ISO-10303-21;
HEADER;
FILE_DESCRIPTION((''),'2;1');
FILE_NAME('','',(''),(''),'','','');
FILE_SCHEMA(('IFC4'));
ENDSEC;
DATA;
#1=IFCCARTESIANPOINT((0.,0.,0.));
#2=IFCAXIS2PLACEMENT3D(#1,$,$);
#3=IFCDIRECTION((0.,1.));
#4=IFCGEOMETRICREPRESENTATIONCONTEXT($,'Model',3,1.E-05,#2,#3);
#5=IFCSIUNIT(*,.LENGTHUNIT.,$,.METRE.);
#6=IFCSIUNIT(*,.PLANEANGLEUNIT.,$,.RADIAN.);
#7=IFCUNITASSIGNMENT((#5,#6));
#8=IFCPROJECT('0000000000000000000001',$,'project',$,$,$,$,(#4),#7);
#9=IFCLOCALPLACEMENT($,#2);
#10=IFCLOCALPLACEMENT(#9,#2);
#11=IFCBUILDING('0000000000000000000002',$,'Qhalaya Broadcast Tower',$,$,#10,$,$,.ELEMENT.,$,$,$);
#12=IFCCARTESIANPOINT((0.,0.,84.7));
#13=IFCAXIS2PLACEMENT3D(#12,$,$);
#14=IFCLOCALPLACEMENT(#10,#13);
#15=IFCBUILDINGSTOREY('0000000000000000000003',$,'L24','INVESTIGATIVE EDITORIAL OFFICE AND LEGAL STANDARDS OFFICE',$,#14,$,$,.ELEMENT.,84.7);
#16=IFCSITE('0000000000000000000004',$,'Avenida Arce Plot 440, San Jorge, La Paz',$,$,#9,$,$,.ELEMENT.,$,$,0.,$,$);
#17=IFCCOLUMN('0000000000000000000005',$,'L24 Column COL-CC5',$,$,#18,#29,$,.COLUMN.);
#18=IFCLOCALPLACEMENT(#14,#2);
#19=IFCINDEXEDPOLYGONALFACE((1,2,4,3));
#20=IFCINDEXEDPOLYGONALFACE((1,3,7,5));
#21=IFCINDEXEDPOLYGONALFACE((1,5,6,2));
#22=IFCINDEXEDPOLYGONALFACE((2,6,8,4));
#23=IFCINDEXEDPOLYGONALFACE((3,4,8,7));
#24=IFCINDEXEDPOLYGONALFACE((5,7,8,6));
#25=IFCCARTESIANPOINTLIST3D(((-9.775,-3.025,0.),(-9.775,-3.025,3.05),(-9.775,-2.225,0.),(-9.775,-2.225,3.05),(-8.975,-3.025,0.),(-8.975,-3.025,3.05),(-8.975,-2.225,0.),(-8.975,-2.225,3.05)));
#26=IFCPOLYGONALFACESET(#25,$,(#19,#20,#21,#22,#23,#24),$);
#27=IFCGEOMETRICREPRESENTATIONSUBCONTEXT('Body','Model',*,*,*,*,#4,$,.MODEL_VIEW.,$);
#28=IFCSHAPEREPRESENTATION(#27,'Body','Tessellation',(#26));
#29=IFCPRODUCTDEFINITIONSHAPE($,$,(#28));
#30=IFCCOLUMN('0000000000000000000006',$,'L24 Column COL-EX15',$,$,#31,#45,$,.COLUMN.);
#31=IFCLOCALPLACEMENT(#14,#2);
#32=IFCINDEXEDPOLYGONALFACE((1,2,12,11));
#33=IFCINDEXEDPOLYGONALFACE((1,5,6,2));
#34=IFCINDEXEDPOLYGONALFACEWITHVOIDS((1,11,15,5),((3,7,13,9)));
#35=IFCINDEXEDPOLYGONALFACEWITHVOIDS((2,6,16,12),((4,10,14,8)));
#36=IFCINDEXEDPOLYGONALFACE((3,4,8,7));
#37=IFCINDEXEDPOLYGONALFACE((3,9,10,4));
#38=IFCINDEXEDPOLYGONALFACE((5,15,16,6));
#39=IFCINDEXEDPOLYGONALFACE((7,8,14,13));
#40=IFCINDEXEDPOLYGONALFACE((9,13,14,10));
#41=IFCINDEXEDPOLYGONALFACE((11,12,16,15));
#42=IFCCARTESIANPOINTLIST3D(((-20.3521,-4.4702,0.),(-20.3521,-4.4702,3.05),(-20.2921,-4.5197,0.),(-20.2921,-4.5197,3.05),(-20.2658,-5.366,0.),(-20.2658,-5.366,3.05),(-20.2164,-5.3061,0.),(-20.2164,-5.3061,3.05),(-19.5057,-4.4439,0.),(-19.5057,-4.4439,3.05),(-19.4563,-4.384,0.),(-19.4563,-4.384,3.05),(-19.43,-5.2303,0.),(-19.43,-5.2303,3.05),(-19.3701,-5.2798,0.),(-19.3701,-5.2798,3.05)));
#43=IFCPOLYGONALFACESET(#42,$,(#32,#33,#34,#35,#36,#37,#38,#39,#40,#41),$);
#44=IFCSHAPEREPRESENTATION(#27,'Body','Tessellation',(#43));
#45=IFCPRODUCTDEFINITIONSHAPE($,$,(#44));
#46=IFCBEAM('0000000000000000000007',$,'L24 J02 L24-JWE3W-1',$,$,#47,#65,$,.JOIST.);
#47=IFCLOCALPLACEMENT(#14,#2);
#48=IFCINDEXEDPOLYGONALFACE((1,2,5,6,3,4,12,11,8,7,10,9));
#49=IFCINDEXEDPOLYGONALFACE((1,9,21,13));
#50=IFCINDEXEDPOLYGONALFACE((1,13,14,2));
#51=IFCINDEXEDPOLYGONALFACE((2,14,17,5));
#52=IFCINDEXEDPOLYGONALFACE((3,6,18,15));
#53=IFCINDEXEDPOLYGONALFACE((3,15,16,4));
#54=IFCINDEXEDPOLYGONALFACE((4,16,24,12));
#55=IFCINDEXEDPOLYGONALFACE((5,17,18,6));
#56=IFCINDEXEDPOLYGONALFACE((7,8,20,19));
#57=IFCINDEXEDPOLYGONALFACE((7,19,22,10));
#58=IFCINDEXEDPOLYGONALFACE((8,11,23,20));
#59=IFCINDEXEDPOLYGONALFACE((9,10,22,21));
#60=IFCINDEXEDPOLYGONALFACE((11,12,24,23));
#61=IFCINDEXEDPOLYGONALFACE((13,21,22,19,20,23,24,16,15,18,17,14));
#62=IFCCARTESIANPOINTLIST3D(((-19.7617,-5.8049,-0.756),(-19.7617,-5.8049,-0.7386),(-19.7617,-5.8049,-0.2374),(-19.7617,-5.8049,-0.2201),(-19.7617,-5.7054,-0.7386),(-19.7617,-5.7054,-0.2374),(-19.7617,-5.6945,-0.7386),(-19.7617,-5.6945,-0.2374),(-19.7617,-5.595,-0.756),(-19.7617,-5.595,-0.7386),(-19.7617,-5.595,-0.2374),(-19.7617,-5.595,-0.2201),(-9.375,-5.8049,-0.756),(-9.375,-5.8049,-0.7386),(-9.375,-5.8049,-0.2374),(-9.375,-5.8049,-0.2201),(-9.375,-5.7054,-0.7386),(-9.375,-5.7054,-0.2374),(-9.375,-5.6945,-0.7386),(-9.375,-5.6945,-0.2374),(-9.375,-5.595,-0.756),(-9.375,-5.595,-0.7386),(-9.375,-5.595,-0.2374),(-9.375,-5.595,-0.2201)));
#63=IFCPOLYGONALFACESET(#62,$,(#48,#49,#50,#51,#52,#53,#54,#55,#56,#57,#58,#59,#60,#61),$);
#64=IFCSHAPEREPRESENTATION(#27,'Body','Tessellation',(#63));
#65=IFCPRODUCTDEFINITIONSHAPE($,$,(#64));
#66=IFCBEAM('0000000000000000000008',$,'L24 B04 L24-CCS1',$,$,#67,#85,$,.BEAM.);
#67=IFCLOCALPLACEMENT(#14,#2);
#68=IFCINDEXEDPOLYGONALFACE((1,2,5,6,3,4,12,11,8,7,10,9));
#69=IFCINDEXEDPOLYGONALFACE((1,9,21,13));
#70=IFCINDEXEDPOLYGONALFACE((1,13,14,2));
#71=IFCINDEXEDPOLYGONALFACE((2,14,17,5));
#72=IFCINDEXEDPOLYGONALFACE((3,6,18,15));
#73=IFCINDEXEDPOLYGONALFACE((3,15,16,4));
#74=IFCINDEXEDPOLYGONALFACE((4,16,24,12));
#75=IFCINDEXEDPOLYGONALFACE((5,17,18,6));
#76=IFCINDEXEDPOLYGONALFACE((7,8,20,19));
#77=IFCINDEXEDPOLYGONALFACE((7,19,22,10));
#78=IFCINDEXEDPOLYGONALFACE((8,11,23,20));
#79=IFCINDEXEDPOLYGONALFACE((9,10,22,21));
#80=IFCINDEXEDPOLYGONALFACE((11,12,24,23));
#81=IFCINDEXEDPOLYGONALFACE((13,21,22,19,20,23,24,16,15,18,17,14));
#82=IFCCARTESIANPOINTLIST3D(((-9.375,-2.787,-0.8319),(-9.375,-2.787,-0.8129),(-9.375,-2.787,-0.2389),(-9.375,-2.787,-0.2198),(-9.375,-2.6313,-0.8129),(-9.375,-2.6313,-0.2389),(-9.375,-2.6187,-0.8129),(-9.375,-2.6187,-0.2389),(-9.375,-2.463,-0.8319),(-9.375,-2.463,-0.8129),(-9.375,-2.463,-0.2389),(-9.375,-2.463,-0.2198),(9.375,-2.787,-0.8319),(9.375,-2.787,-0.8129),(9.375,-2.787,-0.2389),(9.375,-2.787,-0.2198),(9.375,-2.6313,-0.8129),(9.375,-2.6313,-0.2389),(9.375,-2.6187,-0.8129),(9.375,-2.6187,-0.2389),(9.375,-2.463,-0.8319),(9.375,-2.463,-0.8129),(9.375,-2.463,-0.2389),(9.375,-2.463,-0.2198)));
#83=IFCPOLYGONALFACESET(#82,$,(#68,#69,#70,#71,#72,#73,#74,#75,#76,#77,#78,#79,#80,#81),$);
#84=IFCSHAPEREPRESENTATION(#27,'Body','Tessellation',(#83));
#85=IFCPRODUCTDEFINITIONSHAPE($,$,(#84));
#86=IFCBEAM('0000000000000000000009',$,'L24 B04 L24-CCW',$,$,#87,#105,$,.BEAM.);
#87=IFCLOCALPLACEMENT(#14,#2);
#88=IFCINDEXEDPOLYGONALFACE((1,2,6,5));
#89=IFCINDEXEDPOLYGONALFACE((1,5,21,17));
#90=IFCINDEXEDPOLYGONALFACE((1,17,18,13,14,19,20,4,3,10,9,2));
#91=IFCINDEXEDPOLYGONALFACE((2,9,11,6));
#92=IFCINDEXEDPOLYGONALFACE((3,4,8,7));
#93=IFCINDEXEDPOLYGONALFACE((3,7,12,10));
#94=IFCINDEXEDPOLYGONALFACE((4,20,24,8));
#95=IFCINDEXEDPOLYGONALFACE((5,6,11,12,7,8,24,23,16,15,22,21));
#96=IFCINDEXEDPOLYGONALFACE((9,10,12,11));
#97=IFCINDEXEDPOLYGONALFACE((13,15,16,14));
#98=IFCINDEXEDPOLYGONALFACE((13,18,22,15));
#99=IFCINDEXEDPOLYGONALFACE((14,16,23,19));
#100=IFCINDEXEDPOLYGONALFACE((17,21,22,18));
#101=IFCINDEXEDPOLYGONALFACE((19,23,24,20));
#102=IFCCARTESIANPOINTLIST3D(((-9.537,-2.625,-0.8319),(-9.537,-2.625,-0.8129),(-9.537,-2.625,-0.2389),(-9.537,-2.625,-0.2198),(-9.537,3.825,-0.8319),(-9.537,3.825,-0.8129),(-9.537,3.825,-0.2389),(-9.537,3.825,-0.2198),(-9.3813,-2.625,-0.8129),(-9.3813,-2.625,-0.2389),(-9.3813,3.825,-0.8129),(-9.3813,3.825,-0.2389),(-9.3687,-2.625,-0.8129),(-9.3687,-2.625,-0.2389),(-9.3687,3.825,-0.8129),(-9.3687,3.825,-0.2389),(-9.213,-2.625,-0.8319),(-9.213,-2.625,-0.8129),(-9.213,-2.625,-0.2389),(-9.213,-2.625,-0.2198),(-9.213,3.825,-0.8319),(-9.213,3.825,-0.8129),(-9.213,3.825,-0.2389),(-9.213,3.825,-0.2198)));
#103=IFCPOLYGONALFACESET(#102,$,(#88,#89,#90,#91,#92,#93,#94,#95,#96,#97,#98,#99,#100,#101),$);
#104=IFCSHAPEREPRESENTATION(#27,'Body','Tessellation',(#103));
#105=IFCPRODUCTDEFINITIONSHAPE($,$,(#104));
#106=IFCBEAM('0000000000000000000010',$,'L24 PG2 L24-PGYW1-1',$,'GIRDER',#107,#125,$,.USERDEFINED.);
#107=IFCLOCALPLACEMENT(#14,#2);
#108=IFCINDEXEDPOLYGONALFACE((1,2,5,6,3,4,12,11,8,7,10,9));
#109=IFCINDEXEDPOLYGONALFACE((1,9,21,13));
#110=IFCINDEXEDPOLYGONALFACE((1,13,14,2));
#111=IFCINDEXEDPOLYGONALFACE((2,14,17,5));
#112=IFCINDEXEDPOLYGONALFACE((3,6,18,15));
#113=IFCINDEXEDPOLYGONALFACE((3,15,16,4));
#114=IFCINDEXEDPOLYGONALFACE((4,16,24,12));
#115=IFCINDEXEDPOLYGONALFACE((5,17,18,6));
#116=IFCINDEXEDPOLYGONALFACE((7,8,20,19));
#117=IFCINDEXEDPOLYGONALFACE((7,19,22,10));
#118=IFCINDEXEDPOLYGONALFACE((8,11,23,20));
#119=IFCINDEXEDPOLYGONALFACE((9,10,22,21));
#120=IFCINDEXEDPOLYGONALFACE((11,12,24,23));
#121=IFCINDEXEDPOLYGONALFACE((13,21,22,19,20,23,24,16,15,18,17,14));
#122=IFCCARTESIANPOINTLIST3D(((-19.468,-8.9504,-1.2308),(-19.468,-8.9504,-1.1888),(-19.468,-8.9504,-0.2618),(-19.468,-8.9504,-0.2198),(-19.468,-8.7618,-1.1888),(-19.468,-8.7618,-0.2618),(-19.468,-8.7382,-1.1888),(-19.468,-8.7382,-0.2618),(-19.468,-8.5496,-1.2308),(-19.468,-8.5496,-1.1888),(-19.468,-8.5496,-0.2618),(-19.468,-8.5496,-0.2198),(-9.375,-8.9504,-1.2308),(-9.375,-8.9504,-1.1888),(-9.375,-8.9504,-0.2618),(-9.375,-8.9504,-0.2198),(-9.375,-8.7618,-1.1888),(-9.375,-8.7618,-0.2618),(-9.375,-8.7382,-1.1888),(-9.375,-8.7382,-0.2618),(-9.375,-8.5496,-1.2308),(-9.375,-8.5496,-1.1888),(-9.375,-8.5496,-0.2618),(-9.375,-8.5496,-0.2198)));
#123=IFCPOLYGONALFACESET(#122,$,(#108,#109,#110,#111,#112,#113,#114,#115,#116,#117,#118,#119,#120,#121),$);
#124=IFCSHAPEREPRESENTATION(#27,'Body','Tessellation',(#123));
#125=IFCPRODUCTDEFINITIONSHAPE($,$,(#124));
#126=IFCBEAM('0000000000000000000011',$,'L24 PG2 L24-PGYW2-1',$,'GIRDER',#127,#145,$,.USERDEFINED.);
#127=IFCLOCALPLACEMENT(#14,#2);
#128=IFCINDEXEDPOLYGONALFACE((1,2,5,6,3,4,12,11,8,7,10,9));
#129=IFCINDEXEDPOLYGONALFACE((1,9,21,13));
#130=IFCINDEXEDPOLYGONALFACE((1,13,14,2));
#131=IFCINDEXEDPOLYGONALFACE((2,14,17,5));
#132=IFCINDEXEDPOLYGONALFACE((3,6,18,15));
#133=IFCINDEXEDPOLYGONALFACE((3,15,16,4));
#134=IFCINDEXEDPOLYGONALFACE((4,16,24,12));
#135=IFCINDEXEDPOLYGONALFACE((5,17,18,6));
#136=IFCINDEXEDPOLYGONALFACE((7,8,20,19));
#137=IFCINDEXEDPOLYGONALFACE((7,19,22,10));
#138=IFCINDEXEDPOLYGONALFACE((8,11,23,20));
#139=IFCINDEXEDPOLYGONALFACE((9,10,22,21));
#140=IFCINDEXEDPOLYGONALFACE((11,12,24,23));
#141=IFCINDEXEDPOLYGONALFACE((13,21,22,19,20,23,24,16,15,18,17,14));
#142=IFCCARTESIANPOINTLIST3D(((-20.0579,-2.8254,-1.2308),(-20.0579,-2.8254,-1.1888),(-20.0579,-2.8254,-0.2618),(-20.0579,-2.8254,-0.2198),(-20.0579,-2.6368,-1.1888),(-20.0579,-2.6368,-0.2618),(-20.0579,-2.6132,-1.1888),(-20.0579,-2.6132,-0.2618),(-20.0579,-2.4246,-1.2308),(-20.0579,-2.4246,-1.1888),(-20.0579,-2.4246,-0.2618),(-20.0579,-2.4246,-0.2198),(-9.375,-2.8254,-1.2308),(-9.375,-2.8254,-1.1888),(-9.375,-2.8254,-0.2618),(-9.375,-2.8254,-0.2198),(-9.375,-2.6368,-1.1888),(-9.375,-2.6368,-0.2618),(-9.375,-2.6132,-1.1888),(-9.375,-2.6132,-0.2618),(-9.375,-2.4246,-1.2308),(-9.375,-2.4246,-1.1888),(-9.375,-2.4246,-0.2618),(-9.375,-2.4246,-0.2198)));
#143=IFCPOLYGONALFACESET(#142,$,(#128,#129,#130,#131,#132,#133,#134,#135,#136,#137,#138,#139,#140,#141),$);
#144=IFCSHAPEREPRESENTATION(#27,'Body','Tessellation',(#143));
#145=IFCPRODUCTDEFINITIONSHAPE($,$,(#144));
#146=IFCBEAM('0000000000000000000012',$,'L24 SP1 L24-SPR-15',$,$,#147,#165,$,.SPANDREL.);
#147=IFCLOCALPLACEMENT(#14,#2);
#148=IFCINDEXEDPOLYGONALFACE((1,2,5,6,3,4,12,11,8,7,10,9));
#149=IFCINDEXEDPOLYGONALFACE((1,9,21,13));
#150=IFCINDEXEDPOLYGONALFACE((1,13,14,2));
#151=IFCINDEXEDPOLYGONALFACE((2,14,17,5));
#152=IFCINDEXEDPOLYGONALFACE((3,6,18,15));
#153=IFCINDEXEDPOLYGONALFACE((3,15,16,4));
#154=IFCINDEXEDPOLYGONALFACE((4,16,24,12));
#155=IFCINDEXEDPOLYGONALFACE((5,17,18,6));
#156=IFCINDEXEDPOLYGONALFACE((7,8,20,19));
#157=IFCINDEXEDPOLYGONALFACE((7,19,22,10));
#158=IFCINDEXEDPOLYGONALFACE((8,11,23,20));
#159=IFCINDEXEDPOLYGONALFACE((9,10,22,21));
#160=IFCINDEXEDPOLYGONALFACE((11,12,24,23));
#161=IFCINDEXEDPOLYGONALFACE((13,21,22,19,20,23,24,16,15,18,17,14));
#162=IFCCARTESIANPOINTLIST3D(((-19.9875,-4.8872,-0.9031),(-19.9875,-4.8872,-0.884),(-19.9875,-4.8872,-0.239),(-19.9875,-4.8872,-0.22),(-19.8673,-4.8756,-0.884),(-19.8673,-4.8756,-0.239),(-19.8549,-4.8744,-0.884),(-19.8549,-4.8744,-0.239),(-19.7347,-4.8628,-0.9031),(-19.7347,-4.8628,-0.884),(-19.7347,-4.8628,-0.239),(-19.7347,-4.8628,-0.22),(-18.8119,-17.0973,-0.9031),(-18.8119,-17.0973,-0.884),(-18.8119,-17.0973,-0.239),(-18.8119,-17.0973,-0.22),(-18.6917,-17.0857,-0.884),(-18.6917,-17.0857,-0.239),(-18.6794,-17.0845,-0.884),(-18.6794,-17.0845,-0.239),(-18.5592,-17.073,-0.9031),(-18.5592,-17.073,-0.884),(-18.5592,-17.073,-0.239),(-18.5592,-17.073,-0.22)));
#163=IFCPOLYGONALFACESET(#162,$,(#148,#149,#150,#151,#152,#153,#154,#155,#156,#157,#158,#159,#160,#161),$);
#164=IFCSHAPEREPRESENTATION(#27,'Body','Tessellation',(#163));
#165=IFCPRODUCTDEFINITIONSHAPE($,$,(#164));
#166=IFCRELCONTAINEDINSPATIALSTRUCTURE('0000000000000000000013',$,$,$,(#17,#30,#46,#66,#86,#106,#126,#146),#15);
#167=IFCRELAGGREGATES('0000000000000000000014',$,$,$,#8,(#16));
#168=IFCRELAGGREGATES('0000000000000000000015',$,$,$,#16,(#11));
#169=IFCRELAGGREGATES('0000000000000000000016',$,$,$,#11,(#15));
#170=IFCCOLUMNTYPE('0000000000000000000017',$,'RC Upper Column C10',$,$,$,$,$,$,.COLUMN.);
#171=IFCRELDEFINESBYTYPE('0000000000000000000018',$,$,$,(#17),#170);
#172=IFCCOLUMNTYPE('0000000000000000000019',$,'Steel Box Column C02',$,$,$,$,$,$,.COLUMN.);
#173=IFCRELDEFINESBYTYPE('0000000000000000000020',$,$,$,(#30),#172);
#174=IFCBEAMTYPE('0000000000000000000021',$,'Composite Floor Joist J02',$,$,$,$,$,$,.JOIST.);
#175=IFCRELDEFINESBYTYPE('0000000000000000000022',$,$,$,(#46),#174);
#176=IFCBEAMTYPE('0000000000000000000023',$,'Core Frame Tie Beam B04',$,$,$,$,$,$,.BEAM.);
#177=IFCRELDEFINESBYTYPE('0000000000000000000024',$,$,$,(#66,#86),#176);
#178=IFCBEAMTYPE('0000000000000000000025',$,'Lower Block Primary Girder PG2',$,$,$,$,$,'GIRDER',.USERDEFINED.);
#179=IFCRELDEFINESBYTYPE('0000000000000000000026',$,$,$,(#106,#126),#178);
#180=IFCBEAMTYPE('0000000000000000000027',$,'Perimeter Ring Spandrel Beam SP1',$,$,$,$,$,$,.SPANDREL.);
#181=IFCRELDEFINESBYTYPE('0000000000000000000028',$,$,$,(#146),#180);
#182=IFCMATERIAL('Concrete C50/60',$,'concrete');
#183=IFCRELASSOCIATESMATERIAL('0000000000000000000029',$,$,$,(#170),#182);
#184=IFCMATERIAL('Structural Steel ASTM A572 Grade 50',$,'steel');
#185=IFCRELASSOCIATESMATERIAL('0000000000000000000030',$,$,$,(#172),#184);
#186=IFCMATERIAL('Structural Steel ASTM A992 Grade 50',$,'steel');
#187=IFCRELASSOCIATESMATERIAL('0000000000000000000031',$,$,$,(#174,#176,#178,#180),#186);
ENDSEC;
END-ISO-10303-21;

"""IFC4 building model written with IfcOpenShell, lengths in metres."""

from ifc_helpers import new_model, si_unit, direction, frame, origin, origin_2d, place, context, subcontext, project, spatial, rectangle, hollow_rectangle, i_section, extrude, material, material_profile, profile_set, type_object, element, save


model = new_model("IFC4")

# Units and contexts
model_context = context("Model", 3, precision=1e-05, world=origin(), true_north=direction((0.0, 1.0)))
body_context = subcontext(model_context, "Body", "Model", "MODEL_VIEW")
ifc_project = project(units=[si_unit("LENGTHUNIT", "METRE"), si_unit("PLANEANGLEUNIT", "RADIAN")], contexts=[model_context])

# Site, building, storey
site_placement = place(None, origin())
site = spatial("IfcSite", under=ifc_project, at=site_placement, Name="Avenida Arce Plot 440, San Jorge, La Paz", CompositionType="ELEMENT", RefElevation=0.0)
building_placement = place(site_placement, origin())
building = spatial("IfcBuilding", under=site, at=building_placement, Name="Qhalaya Broadcast Tower", CompositionType="ELEMENT")
storey_placement = place(building_placement, frame((0.0, 0.0, 84.7)))
storey = spatial("IfcBuildingStorey", under=building, at=storey_placement, Name="L24", Description="INVESTIGATIVE EDITORIAL OFFICE AND LEGAL STANDARDS OFFICE", CompositionType="ELEMENT", Elevation=84.7)

# Columns
ifc_material_1 = material(Name="Concrete C50/60", Category="concrete")
ifc_material_profile_1 = material_profile(ifc_material_1, rectangle(XDim=0.8, YDim=0.8, at=origin_2d()), Name="RC-COL 800x800")
ifc_profile_set_1 = profile_set([ifc_material_profile_1], Name="Concrete C50/60")
column_type_1 = type_object("IfcColumnType", Name="RC Upper Column C10", PredefinedType="COLUMN", material=ifc_profile_set_1)
column_1_placement = place(storey_placement, frame((-9.375, -2.625, 0.0), z_axis=(0.0, 0.0, 1.0), x_axis=(1.0, 0.0, 0.0)))
element("IfcColumn", 1, at=column_1_placement, inside=storey, type_object=column_type_1, Name="L24 Column COL-CC5", PredefinedType="COLUMN", context=body_context, shape_type="SweptSolid", body=[
    extrude(rectangle(XDim=0.8, YDim=0.8, at=origin_2d()), origin(), (0.0, 0.0, 1.0), 3.05),
])
ifc_material_2 = material(Name="Structural Steel ASTM A572 Grade 50", Category="steel")
ifc_material_profile_2 = material_profile(ifc_material_2, hollow_rectangle(XDim=0.8999, YDim=0.8999, WallThickness=0.0549, at=origin_2d()), Name="BOX 900x900x55")
ifc_profile_set_2 = profile_set([ifc_material_profile_2], Name="Structural Steel ASTM A572 Grade 50")
column_type_2 = type_object("IfcColumnType", Name="Steel Box Column C02", PredefinedType="COLUMN", material=ifc_profile_set_2)
column_2_placement = place(storey_placement, frame((-19.8611, -4.875, 0.0), z_axis=(0.0, 0.0, 1.0), x_axis=(-0.095846, 0.995396, 0.0)))
element("IfcColumn", 2, at=column_2_placement, inside=storey, type_object=column_type_2, Name="L24 Column COL-EX15", PredefinedType="COLUMN", context=body_context, shape_type="SweptSolid", body=[
    extrude(hollow_rectangle(XDim=0.8999, YDim=0.8999, WallThickness=0.0549, at=origin_2d()), origin(), (0.0, 0.0, 1.0), 3.05),
])

# Beams
ifc_material_3 = material(Name="Structural Steel ASTM A992 Grade 50", Category="steel")
ifc_material_profile_3 = material_profile(ifc_material_3, i_section(OverallWidth=0.21, OverallDepth=0.5359, WebThickness=0.011, FlangeThickness=0.0173, at=origin_2d()), Name="W21X68")
ifc_profile_set_3 = profile_set([ifc_material_profile_3], Name="Structural Steel ASTM A992 Grade 50")
beam_type_1 = type_object("IfcBeamType", Name="Composite Floor Joist J02", PredefinedType="JOIST", material=ifc_profile_set_3)
beam_1_placement = place(storey_placement, frame((-19.7617, -5.7, -0.488), z_axis=(1.0, 0.0, 0.0), x_axis=(0.0, 1.0, 0.0)))
element("IfcBeam", 3, at=beam_1_placement, inside=storey, type_object=beam_type_1, Name="L24 J02 L24-JWE3W-1", PredefinedType="JOIST", context=body_context, shape_type="SweptSolid", body=[
    extrude(i_section(OverallWidth=0.21, OverallDepth=0.5359, WebThickness=0.011, FlangeThickness=0.0173, at=origin_2d()), origin(), (0.0, 0.0, 1.0), 10.3867),
])
ifc_material_profile_4 = material_profile(ifc_material_3, i_section(OverallWidth=0.324, OverallDepth=0.6121, WebThickness=0.0127, FlangeThickness=0.019, at=origin_2d()), Name="W24X104")
ifc_profile_set_4 = profile_set([ifc_material_profile_4], Name="Structural Steel ASTM A992 Grade 50")
beam_type_2 = type_object("IfcBeamType", Name="Core Frame Tie Beam B04", PredefinedType="BEAM", material=ifc_profile_set_4)
beam_2_placement = place(storey_placement, frame((-9.375, -2.625, -0.5259), z_axis=(1.0, 0.0, 0.0), x_axis=(0.0, 1.0, 0.0)))
element("IfcBeam", 4, at=beam_2_placement, inside=storey, type_object=beam_type_2, Name="L24 B04 L24-CCS1", PredefinedType="BEAM", context=body_context, shape_type="SweptSolid", body=[
    extrude(i_section(OverallWidth=0.324, OverallDepth=0.6121, WebThickness=0.0127, FlangeThickness=0.019, at=origin_2d()), origin(), (0.0, 0.0, 1.0), 18.75),
])
beam_3_placement = place(storey_placement, frame((-9.375, -2.625, -0.5259), z_axis=(0.0, 1.0, 0.0), x_axis=(-1.0, 0.0, 0.0)))
element("IfcBeam", 5, at=beam_3_placement, inside=storey, type_object=beam_type_2, Name="L24 B04 L24-CCW", PredefinedType="BEAM", context=body_context, shape_type="SweptSolid", body=[
    extrude(i_section(OverallWidth=0.324, OverallDepth=0.6121, WebThickness=0.0127, FlangeThickness=0.019, at=origin_2d()), origin(), (0.0, 0.0, 1.0), 6.45),
])
ifc_material_profile_5 = material_profile(ifc_material_3, i_section(OverallWidth=0.4009, OverallDepth=1.011, WebThickness=0.0237, FlangeThickness=0.042, at=origin_2d()), Name="W40X297")
ifc_profile_set_5 = profile_set([ifc_material_profile_5], Name="Structural Steel ASTM A992 Grade 50")
beam_type_3 = type_object("IfcBeamType", Name="Lower Block Primary Girder PG2", ElementType="GIRDER", PredefinedType="USERDEFINED", material=ifc_profile_set_5)
beam_4_placement = place(storey_placement, frame((-19.468, -8.75, -0.7253), z_axis=(1.0, 0.0, 0.0), x_axis=(0.0, 1.0, 0.0)))
element("IfcBeam", 6, at=beam_4_placement, inside=storey, type_object=beam_type_3, Name="L24 PG2 L24-PGYW1-1", ObjectType="GIRDER", PredefinedType="USERDEFINED", context=body_context, shape_type="SweptSolid", body=[
    extrude(i_section(OverallWidth=0.4009, OverallDepth=1.011, WebThickness=0.0237, FlangeThickness=0.042, at=origin_2d()), origin(), (0.0, 0.0, 1.0), 10.093),
])
beam_5_placement = place(storey_placement, frame((-20.0579, -2.625, -0.7253), z_axis=(1.0, 0.0, 0.0), x_axis=(0.0, 1.0, 0.0)))
element("IfcBeam", 7, at=beam_5_placement, inside=storey, type_object=beam_type_3, Name="L24 PG2 L24-PGYW2-1", ObjectType="GIRDER", PredefinedType="USERDEFINED", context=body_context, shape_type="SweptSolid", body=[
    extrude(i_section(OverallWidth=0.4009, OverallDepth=1.011, WebThickness=0.0237, FlangeThickness=0.042, at=origin_2d()), origin(), (0.0, 0.0, 1.0), 10.6829),
])
ifc_material_profile_6 = material_profile(ifc_material_3, i_section(OverallWidth=0.2539, OverallDepth=0.6831, WebThickness=0.0125, FlangeThickness=0.019, at=origin_2d()), Name="W27X94")
ifc_profile_set_6 = profile_set([ifc_material_profile_6], Name="Structural Steel ASTM A992 Grade 50")
beam_type_4 = type_object("IfcBeamType", Name="Perimeter Ring Spandrel Beam SP1", PredefinedType="SPANDREL", material=ifc_profile_set_6)
beam_6_placement = place(storey_placement, frame((-19.8611, -4.875, -0.5615), z_axis=(0.095832, -0.995398, 0.0), x_axis=(0.995398, 0.095832, 0.0)))
element("IfcBeam", 8, at=beam_6_placement, inside=storey, type_object=beam_type_4, Name="L24 SP1 L24-SPR-15", PredefinedType="SPANDREL", context=body_context, shape_type="SweptSolid", body=[
    extrude(i_section(OverallWidth=0.2539, OverallDepth=0.6831, WebThickness=0.0125, FlangeThickness=0.019, at=origin_2d()), origin(), (0.0, 0.0, 1.0), 12.2666),
])

save(model, "model.ifc")
